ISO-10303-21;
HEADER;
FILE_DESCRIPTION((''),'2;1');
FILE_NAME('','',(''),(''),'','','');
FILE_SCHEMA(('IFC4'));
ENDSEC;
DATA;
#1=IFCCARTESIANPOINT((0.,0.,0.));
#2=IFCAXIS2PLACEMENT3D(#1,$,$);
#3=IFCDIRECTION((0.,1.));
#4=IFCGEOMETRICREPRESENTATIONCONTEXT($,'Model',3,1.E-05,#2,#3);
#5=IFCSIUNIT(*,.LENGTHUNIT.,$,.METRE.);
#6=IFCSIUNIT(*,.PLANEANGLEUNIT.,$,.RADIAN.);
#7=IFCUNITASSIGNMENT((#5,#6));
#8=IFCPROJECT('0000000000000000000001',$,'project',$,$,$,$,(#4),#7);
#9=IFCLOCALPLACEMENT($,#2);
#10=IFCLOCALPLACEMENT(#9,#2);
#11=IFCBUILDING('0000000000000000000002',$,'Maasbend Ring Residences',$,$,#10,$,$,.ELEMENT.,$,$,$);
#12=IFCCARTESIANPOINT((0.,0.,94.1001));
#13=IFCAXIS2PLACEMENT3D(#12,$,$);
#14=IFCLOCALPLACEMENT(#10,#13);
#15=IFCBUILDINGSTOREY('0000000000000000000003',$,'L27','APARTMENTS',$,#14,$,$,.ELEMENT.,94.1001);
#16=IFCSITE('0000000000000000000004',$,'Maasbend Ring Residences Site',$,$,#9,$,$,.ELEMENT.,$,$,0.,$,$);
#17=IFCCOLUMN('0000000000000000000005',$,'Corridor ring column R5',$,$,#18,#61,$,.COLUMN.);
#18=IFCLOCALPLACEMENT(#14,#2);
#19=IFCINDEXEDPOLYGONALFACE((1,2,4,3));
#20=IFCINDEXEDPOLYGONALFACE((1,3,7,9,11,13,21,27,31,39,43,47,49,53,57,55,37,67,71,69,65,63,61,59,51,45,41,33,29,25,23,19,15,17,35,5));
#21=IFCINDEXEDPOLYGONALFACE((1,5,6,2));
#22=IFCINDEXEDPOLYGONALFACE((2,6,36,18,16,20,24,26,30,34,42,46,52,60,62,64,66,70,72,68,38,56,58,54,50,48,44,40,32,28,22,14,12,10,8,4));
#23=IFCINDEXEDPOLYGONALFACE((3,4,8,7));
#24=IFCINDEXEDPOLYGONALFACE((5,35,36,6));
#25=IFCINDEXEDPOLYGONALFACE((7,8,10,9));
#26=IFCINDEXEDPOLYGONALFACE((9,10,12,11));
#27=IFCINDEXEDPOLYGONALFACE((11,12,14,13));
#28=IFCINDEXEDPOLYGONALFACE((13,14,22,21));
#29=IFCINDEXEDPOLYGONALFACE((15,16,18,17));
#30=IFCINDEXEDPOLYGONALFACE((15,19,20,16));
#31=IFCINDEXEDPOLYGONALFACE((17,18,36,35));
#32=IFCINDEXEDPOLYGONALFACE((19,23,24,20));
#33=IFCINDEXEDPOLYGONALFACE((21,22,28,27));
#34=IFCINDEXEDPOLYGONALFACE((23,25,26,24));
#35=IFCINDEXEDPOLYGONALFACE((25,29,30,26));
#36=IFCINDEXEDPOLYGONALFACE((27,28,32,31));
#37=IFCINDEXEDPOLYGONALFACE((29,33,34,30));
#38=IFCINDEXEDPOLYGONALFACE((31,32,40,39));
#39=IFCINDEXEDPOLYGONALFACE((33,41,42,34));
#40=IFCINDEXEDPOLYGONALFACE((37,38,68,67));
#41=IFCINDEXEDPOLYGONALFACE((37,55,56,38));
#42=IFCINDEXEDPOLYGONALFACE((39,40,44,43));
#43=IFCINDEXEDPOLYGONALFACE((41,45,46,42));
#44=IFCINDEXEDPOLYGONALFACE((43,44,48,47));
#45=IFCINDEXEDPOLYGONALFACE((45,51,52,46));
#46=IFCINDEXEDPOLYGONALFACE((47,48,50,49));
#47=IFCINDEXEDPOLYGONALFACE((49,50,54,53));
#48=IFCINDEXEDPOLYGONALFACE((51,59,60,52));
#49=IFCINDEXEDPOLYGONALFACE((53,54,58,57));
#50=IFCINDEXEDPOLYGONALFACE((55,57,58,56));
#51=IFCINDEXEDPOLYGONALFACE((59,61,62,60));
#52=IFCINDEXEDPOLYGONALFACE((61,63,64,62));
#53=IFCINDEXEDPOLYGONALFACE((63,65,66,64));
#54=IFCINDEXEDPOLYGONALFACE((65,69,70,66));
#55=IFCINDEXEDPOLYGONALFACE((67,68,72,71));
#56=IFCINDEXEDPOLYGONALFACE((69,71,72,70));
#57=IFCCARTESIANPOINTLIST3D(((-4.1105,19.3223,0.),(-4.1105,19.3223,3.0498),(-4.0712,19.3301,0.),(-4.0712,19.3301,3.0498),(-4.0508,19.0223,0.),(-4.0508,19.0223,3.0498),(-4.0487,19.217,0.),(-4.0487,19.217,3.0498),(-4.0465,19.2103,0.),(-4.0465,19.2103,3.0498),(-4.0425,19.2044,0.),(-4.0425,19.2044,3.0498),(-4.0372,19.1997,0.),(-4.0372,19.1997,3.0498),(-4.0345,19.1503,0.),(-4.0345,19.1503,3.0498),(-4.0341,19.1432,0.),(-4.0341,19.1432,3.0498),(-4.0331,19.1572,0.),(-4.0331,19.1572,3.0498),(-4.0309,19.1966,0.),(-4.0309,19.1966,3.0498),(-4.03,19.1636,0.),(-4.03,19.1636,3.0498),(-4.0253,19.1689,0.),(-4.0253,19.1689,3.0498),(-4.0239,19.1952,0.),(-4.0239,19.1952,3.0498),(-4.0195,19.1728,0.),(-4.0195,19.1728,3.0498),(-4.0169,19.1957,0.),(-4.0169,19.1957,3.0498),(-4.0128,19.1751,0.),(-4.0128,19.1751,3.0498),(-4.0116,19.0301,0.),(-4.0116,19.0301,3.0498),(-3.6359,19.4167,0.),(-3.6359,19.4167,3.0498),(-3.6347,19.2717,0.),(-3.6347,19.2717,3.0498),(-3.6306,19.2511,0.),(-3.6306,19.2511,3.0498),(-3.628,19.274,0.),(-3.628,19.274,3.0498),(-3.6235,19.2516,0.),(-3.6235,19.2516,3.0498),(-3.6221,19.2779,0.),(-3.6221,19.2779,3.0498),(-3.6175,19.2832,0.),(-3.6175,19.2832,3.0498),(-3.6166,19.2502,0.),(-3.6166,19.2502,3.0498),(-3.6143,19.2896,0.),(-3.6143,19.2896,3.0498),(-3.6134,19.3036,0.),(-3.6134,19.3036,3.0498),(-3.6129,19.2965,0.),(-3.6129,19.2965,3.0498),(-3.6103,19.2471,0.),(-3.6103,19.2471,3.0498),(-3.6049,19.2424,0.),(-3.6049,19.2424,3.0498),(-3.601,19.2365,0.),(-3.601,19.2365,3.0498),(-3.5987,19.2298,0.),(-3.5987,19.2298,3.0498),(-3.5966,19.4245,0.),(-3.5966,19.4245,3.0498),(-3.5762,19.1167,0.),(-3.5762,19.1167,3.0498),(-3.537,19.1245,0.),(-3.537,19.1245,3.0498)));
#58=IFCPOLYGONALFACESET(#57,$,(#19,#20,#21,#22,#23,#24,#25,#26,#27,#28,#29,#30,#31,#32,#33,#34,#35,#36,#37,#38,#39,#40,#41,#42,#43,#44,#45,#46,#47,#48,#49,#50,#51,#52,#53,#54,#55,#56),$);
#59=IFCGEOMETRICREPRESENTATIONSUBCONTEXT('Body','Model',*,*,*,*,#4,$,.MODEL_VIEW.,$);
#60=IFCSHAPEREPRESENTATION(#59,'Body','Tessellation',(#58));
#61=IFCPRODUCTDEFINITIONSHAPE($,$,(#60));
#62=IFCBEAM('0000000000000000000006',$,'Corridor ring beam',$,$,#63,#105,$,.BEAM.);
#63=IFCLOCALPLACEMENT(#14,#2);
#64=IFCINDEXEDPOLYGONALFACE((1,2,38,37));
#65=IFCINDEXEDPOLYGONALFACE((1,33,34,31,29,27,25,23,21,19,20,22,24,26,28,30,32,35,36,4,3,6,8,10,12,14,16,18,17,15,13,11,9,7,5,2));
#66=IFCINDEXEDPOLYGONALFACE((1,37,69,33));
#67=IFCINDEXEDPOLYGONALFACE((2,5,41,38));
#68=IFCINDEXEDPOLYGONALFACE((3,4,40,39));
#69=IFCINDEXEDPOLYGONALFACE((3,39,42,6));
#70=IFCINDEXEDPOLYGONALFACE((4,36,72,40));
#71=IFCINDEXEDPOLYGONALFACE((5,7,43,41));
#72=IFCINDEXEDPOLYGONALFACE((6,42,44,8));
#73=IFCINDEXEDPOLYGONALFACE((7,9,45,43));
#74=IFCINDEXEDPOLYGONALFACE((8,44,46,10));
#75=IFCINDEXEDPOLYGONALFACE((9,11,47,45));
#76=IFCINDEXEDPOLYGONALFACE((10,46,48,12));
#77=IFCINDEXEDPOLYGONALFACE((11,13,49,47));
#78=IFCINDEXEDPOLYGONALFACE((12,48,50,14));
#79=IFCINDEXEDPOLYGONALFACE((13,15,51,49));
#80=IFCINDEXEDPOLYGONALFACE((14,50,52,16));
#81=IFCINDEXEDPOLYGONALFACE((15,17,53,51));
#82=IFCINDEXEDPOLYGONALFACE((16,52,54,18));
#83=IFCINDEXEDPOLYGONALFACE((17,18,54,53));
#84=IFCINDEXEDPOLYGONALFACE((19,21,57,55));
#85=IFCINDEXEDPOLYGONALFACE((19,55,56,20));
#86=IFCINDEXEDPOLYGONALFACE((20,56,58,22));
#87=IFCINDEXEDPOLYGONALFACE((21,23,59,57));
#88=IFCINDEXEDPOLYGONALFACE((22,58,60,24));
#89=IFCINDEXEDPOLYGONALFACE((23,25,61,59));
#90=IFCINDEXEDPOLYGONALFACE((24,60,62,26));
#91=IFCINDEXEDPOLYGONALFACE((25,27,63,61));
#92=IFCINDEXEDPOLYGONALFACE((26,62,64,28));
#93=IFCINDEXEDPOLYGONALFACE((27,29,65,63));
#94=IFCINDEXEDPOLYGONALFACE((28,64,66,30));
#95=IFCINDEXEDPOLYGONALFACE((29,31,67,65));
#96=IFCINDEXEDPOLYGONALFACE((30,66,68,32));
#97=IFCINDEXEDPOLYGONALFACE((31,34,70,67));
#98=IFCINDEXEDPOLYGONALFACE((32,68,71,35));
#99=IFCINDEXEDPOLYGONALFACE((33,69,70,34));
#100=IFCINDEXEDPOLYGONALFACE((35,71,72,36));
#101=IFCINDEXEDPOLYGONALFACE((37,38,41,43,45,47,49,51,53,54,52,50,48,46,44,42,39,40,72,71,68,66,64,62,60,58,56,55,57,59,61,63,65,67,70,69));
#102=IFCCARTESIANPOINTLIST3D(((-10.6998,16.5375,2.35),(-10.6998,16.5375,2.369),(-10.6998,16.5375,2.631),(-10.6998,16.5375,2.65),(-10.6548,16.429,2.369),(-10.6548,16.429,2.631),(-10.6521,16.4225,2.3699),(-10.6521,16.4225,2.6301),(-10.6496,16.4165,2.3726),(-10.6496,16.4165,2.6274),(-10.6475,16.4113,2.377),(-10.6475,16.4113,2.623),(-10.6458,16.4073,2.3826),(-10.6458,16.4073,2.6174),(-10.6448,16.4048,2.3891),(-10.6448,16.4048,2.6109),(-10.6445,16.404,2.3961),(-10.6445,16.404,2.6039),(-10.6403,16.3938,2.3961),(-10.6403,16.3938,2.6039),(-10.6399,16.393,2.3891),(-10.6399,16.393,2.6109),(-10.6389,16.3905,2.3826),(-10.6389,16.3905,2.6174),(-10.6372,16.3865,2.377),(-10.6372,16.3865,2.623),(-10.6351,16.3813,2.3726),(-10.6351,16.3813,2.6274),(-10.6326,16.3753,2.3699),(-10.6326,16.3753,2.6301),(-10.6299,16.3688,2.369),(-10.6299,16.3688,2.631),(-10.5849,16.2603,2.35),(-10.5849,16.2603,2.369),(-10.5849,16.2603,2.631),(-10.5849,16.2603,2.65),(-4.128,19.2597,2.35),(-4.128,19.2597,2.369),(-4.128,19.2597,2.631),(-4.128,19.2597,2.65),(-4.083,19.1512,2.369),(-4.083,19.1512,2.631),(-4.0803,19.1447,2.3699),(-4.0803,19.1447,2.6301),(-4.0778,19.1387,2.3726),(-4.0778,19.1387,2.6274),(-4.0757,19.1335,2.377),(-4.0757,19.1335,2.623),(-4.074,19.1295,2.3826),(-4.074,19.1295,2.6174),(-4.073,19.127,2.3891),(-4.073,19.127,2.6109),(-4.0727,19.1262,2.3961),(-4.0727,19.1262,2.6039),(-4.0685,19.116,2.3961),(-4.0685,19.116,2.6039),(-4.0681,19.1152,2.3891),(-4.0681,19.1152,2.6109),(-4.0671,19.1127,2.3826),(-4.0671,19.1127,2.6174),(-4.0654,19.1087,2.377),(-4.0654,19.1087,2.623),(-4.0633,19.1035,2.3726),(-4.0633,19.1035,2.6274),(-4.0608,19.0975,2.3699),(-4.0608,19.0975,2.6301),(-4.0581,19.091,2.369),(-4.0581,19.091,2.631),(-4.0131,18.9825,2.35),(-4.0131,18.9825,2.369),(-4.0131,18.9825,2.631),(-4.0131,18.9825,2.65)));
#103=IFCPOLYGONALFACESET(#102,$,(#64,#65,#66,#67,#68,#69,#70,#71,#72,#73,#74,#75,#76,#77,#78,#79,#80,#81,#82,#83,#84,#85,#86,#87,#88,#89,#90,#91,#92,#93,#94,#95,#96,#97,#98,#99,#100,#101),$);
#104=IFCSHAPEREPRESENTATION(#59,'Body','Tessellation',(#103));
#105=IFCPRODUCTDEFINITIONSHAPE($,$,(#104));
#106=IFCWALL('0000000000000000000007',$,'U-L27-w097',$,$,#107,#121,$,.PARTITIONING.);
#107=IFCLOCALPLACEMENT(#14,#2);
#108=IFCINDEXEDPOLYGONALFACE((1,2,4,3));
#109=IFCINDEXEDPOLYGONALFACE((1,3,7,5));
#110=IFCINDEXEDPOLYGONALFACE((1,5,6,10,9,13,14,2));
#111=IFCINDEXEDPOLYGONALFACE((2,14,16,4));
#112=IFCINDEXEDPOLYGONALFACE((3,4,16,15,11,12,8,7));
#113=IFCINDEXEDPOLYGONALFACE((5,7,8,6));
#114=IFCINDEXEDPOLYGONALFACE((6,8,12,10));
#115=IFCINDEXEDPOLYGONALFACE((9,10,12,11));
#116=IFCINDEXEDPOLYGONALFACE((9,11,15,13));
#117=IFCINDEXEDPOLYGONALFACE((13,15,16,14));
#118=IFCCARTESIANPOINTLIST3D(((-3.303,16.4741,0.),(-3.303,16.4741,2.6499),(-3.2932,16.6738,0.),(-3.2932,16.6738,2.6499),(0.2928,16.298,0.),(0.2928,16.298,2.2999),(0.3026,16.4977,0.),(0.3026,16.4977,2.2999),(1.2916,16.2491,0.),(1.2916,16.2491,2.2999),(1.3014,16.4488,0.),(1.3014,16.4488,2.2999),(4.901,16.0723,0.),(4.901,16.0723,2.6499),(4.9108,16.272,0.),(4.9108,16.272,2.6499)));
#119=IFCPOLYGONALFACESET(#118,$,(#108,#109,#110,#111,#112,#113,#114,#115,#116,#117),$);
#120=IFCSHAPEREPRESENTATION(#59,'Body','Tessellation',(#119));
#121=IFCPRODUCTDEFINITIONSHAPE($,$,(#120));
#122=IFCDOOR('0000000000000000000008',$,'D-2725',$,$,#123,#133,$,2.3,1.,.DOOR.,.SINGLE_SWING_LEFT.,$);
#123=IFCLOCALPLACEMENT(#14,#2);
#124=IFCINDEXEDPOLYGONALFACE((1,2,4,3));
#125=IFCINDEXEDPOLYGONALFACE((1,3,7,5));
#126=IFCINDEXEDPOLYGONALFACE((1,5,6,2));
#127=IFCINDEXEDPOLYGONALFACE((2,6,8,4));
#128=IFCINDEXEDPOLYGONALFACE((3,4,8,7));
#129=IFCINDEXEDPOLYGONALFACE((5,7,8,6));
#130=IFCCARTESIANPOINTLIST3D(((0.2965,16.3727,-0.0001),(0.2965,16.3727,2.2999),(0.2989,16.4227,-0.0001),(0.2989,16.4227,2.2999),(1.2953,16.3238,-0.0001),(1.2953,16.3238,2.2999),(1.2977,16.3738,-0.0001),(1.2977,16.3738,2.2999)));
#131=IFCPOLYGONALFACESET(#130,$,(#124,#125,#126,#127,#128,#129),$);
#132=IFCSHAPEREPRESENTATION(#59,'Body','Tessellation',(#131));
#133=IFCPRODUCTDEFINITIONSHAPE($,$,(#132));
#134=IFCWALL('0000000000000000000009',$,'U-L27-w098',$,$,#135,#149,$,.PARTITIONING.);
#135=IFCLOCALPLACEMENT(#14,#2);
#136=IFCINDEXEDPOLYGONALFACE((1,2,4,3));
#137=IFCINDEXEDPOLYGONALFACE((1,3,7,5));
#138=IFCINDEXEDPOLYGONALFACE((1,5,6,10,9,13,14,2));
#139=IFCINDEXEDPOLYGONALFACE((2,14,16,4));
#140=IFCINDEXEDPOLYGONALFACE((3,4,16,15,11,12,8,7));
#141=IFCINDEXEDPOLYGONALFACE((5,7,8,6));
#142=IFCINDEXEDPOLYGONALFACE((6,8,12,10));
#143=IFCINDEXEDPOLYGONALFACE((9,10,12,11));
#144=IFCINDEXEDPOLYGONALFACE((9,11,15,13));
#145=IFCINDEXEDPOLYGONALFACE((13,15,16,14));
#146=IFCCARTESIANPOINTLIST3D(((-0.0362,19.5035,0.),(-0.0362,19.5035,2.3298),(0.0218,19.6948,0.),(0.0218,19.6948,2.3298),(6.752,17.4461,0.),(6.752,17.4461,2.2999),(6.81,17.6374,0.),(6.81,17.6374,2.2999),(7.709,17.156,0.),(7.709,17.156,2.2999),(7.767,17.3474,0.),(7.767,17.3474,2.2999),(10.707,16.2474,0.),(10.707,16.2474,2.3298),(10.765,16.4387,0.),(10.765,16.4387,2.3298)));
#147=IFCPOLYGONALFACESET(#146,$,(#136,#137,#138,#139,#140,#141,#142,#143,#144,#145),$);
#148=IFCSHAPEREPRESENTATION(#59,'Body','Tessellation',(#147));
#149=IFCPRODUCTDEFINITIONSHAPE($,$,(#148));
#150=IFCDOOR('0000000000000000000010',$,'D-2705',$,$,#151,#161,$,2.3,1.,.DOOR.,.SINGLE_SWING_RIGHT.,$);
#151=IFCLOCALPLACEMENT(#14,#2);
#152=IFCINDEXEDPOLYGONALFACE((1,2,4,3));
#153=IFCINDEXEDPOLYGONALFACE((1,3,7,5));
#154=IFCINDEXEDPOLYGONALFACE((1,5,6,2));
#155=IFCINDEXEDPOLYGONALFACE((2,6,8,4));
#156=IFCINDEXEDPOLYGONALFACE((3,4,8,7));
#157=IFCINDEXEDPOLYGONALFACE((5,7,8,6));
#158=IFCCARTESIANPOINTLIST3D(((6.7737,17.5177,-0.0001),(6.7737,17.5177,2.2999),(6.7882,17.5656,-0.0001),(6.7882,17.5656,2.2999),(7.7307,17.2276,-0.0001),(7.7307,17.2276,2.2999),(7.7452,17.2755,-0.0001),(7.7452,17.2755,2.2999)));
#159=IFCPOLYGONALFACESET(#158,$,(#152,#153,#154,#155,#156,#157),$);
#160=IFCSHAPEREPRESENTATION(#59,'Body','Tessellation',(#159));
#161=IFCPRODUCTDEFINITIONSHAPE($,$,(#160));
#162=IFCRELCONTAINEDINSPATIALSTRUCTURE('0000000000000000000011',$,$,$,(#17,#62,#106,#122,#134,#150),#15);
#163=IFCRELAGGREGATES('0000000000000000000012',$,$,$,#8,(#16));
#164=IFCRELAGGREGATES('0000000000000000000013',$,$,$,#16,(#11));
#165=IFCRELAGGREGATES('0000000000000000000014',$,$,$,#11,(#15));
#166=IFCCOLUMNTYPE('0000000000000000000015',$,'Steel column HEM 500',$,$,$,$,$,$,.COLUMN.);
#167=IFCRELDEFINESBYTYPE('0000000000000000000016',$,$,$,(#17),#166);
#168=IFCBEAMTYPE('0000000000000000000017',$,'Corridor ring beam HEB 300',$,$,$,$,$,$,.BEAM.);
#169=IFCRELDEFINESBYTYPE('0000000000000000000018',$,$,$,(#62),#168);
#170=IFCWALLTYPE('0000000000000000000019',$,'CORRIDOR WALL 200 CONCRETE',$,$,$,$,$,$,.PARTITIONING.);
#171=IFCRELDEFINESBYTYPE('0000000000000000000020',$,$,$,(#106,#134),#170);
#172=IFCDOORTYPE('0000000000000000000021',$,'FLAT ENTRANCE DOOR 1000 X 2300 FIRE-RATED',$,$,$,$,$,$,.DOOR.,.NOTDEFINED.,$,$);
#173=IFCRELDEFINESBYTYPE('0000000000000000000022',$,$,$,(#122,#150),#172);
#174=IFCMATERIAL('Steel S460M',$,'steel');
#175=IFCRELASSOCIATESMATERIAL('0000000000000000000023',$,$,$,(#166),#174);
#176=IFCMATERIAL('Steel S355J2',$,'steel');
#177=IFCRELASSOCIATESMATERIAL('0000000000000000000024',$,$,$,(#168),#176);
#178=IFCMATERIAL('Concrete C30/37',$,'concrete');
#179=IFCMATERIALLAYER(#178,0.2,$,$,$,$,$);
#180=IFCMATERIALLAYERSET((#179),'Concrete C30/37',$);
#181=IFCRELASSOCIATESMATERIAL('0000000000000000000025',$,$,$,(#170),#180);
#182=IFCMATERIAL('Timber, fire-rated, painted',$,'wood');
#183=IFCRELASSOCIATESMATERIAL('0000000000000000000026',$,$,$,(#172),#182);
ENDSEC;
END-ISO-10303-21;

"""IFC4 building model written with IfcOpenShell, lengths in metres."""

from ifc_helpers import new_model, si_unit, direction, frame, frame_2d, origin, origin_2d, place, context, subcontext, project, spatial, rectangle, i_section, extrude, material, layer, layer_set, material_profile, profile_set, type_object, element, fill, save


model = new_model("IFC4")

# Units and contexts
model_context = context("Model", 3, precision=1e-05, world=origin(), true_north=direction((0.0, 1.0)))
body_context = subcontext(model_context, "Body", "Model", "MODEL_VIEW")
ifc_project = project(units=[si_unit("LENGTHUNIT", "METRE"), si_unit("PLANEANGLEUNIT", "RADIAN")], contexts=[model_context])

# Site, building, storey
site_placement = place(None, origin())
site = spatial("IfcSite", under=ifc_project, at=site_placement, Name="Maasbend Ring Residences Site", CompositionType="ELEMENT", RefElevation=0.0)
building_placement = place(site_placement, origin())
building = spatial("IfcBuilding", under=site, at=building_placement, Name="Maasbend Ring Residences", CompositionType="ELEMENT")
storey_placement = place(building_placement, frame((0.0, 0.0, 94.1001)))
storey = spatial("IfcBuildingStorey", under=building, at=storey_placement, Name="L27", Description="APARTMENTS", CompositionType="ELEMENT", Elevation=94.1001)

# Column
ifc_material_1 = material(Name="Steel S460M", Category="steel")
ifc_material_profile_1 = material_profile(ifc_material_1, i_section(OverallWidth=0.3059, OverallDepth=0.5239, WebThickness=0.021, FlangeThickness=0.04, FilletRadius=0.0271, at=origin_2d()), Name="HEM 500")
ifc_profile_set_1 = profile_set([ifc_material_profile_1], Name="Steel S460M")
column_type = type_object("IfcColumnType", Name="Steel column HEM 500", PredefinedType="COLUMN", material=ifc_profile_set_1)
column_placement = place(storey_placement, frame((-3.8237, 19.2234, 0.0), z_axis=(0.0, 0.0, 1.0), x_axis=(-0.19509, 0.980785, 0.0)))
element("IfcColumn", 1, at=column_placement, inside=storey, type_object=column_type, Name="Corridor ring column R5", PredefinedType="COLUMN", context=body_context, shape_type="SweptSolid", body=[
    extrude(i_section(OverallWidth=0.3059, OverallDepth=0.5239, WebThickness=0.021, FlangeThickness=0.04, FilletRadius=0.0271, at=origin_2d()), origin(), (0.0, 0.0, 1.0), 3.0498),
])

# Beam
ifc_material_2 = material(Name="Steel S355J2", Category="steel")
ifc_material_profile_2 = material_profile(ifc_material_2, i_section(OverallWidth=0.3, OverallDepth=0.3, WebThickness=0.011, FlangeThickness=0.019, FilletRadius=0.0271, at=origin_2d()), Name="HEB 300")
ifc_profile_set_2 = profile_set([ifc_material_profile_2], Name="Steel S355J2")
beam_type = type_object("IfcBeamType", Name="Corridor ring beam HEB 300", PredefinedType="BEAM", material=ifc_profile_set_2)
beam_placement = place(storey_placement, frame((-4.0706, 19.1211, 2.5), z_axis=(-0.923877, -0.382689, 0.0), x_axis=(0.382689, -0.923877, 0.0)))
element("IfcBeam", 2, at=beam_placement, inside=storey, type_object=beam_type, Name="Corridor ring beam", PredefinedType="BEAM", context=body_context, shape_type="SweptSolid", body=[
    extrude(i_section(OverallWidth=0.3, OverallDepth=0.3, WebThickness=0.011, FlangeThickness=0.019, FilletRadius=0.0271, at=origin_2d()), origin(), (0.0, 0.0, 1.0), 7.1133),
])

# Walls, openings, doors
ifc_material_3 = material(Name="Concrete C30/37", Category="concrete")
ifc_layer_1 = layer(ifc_material_3, 0.2)
ifc_layer_set_1 = layer_set([ifc_layer_1], Name="Concrete C30/37")
wall_type_1 = type_object("IfcWallType", Name="CORRIDOR WALL 200 CONCRETE", PredefinedType="PARTITIONING", material=ifc_layer_set_1)
wall_1_placement = place(storey_placement, frame((-3.2981, 16.574, 0.0), z_axis=(0.0, 0.0, 1.0), x_axis=(0.998803, -0.048924, 0.0)))
wall_1 = element("IfcWall", 3, at=wall_1_placement, inside=storey, type_object=wall_type_1, Name="U-L27-w097", PredefinedType="PARTITIONING", context=body_context, shape_type="SweptSolid", body=[
    extrude(rectangle(XDim=8.2139, YDim=0.2, at=frame_2d((4.1069, 0.0))), origin(), (0.0, 0.0, 1.0), 2.6499),
])
opening_1_placement = place(wall_1_placement, frame((3.6001, 0.0, 0.0)))
opening_1 = element("IfcOpeningElement", 4, at=opening_1_placement, cuts=wall_1, PredefinedType="OPENING", context=body_context, shape_type="SweptSolid", body=[
    extrude(rectangle(XDim=1.0, YDim=2.3, at=frame_2d((0.5, 1.1499))), frame((0.0, 0.1099, 0.0), z_axis=(0.0, -1.0, 0.0), x_axis=(1.0, 0.0, 0.0)), (0.0, 0.0, 1.0), 0.22),
])
ifc_material_4 = material(Name="Timber, fire-rated, painted", Category="wood")
door_type_1 = type_object("IfcDoorType", Name="FLAT ENTRANCE DOOR 1000 X 2300 FIRE-RATED", OperationType="NOTDEFINED", PredefinedType="DOOR", material=ifc_material_4)
door_1_placement = place(opening_1_placement, origin())
door_1 = element("IfcDoor", 5, at=door_1_placement, inside=storey, type_object=door_type_1, Name="D-2725", OperationType="SINGLE_SWING_LEFT", OverallHeight=2.3, OverallWidth=1.0, PredefinedType="DOOR", context=body_context, shape_type="SweptSolid", body=[
    extrude(rectangle(XDim=1.0, YDim=2.3, at=frame_2d((0.5, 1.1499))), frame((0.0, 0.0249, 0.0), z_axis=(0.0, -1.0, 0.0), x_axis=(1.0, 0.0, 0.0)), (0.0, 0.0, 1.0), 0.05),
])
fill(opening_1, door_1)
wall_2_placement = place(storey_placement, frame((-0.0071, 19.5991, 0.0), z_axis=(0.0, 0.0, 1.0), x_axis=(0.95701, -0.290056, 0.0)))
wall_2 = element("IfcWall", 6, at=wall_2_placement, inside=storey, type_object=wall_type_1, Name="U-L27-w098", PredefinedType="PARTITIONING", context=body_context, shape_type="SweptSolid", body=[
    extrude(rectangle(XDim=11.2258, YDim=0.2, at=frame_2d((5.6128, 0.0))), origin(), (0.0, 0.0, 1.0), 2.3298),
])
opening_2_placement = place(wall_2_placement, frame((7.093, 0.0, 0.0)))
opening_2 = element("IfcOpeningElement", 7, at=opening_2_placement, cuts=wall_2, PredefinedType="OPENING", context=body_context, shape_type="SweptSolid", body=[
    extrude(rectangle(XDim=1.0, YDim=2.3, at=frame_2d((0.5, 1.1499))), frame((0.0, 0.1099, 0.0), z_axis=(0.0, -1.0, 0.0), x_axis=(1.0, 0.0, 0.0)), (0.0, 0.0, 1.0), 0.22),
])
door_2_placement = place(opening_2_placement, origin())
door_2 = element("IfcDoor", 8, at=door_2_placement, inside=storey, type_object=door_type_1, Name="D-2705", OperationType="SINGLE_SWING_RIGHT", OverallHeight=2.3, OverallWidth=1.0, PredefinedType="DOOR", context=body_context, shape_type="SweptSolid", body=[
    extrude(rectangle(XDim=1.0, YDim=2.3, at=frame_2d((0.5, 1.1499))), frame((0.0, 0.0249, 0.0), z_axis=(0.0, -1.0, 0.0), x_axis=(1.0, 0.0, 0.0)), (0.0, 0.0, 1.0), 0.05),
])
fill(opening_2, door_2)

save(model, "model.ifc")
